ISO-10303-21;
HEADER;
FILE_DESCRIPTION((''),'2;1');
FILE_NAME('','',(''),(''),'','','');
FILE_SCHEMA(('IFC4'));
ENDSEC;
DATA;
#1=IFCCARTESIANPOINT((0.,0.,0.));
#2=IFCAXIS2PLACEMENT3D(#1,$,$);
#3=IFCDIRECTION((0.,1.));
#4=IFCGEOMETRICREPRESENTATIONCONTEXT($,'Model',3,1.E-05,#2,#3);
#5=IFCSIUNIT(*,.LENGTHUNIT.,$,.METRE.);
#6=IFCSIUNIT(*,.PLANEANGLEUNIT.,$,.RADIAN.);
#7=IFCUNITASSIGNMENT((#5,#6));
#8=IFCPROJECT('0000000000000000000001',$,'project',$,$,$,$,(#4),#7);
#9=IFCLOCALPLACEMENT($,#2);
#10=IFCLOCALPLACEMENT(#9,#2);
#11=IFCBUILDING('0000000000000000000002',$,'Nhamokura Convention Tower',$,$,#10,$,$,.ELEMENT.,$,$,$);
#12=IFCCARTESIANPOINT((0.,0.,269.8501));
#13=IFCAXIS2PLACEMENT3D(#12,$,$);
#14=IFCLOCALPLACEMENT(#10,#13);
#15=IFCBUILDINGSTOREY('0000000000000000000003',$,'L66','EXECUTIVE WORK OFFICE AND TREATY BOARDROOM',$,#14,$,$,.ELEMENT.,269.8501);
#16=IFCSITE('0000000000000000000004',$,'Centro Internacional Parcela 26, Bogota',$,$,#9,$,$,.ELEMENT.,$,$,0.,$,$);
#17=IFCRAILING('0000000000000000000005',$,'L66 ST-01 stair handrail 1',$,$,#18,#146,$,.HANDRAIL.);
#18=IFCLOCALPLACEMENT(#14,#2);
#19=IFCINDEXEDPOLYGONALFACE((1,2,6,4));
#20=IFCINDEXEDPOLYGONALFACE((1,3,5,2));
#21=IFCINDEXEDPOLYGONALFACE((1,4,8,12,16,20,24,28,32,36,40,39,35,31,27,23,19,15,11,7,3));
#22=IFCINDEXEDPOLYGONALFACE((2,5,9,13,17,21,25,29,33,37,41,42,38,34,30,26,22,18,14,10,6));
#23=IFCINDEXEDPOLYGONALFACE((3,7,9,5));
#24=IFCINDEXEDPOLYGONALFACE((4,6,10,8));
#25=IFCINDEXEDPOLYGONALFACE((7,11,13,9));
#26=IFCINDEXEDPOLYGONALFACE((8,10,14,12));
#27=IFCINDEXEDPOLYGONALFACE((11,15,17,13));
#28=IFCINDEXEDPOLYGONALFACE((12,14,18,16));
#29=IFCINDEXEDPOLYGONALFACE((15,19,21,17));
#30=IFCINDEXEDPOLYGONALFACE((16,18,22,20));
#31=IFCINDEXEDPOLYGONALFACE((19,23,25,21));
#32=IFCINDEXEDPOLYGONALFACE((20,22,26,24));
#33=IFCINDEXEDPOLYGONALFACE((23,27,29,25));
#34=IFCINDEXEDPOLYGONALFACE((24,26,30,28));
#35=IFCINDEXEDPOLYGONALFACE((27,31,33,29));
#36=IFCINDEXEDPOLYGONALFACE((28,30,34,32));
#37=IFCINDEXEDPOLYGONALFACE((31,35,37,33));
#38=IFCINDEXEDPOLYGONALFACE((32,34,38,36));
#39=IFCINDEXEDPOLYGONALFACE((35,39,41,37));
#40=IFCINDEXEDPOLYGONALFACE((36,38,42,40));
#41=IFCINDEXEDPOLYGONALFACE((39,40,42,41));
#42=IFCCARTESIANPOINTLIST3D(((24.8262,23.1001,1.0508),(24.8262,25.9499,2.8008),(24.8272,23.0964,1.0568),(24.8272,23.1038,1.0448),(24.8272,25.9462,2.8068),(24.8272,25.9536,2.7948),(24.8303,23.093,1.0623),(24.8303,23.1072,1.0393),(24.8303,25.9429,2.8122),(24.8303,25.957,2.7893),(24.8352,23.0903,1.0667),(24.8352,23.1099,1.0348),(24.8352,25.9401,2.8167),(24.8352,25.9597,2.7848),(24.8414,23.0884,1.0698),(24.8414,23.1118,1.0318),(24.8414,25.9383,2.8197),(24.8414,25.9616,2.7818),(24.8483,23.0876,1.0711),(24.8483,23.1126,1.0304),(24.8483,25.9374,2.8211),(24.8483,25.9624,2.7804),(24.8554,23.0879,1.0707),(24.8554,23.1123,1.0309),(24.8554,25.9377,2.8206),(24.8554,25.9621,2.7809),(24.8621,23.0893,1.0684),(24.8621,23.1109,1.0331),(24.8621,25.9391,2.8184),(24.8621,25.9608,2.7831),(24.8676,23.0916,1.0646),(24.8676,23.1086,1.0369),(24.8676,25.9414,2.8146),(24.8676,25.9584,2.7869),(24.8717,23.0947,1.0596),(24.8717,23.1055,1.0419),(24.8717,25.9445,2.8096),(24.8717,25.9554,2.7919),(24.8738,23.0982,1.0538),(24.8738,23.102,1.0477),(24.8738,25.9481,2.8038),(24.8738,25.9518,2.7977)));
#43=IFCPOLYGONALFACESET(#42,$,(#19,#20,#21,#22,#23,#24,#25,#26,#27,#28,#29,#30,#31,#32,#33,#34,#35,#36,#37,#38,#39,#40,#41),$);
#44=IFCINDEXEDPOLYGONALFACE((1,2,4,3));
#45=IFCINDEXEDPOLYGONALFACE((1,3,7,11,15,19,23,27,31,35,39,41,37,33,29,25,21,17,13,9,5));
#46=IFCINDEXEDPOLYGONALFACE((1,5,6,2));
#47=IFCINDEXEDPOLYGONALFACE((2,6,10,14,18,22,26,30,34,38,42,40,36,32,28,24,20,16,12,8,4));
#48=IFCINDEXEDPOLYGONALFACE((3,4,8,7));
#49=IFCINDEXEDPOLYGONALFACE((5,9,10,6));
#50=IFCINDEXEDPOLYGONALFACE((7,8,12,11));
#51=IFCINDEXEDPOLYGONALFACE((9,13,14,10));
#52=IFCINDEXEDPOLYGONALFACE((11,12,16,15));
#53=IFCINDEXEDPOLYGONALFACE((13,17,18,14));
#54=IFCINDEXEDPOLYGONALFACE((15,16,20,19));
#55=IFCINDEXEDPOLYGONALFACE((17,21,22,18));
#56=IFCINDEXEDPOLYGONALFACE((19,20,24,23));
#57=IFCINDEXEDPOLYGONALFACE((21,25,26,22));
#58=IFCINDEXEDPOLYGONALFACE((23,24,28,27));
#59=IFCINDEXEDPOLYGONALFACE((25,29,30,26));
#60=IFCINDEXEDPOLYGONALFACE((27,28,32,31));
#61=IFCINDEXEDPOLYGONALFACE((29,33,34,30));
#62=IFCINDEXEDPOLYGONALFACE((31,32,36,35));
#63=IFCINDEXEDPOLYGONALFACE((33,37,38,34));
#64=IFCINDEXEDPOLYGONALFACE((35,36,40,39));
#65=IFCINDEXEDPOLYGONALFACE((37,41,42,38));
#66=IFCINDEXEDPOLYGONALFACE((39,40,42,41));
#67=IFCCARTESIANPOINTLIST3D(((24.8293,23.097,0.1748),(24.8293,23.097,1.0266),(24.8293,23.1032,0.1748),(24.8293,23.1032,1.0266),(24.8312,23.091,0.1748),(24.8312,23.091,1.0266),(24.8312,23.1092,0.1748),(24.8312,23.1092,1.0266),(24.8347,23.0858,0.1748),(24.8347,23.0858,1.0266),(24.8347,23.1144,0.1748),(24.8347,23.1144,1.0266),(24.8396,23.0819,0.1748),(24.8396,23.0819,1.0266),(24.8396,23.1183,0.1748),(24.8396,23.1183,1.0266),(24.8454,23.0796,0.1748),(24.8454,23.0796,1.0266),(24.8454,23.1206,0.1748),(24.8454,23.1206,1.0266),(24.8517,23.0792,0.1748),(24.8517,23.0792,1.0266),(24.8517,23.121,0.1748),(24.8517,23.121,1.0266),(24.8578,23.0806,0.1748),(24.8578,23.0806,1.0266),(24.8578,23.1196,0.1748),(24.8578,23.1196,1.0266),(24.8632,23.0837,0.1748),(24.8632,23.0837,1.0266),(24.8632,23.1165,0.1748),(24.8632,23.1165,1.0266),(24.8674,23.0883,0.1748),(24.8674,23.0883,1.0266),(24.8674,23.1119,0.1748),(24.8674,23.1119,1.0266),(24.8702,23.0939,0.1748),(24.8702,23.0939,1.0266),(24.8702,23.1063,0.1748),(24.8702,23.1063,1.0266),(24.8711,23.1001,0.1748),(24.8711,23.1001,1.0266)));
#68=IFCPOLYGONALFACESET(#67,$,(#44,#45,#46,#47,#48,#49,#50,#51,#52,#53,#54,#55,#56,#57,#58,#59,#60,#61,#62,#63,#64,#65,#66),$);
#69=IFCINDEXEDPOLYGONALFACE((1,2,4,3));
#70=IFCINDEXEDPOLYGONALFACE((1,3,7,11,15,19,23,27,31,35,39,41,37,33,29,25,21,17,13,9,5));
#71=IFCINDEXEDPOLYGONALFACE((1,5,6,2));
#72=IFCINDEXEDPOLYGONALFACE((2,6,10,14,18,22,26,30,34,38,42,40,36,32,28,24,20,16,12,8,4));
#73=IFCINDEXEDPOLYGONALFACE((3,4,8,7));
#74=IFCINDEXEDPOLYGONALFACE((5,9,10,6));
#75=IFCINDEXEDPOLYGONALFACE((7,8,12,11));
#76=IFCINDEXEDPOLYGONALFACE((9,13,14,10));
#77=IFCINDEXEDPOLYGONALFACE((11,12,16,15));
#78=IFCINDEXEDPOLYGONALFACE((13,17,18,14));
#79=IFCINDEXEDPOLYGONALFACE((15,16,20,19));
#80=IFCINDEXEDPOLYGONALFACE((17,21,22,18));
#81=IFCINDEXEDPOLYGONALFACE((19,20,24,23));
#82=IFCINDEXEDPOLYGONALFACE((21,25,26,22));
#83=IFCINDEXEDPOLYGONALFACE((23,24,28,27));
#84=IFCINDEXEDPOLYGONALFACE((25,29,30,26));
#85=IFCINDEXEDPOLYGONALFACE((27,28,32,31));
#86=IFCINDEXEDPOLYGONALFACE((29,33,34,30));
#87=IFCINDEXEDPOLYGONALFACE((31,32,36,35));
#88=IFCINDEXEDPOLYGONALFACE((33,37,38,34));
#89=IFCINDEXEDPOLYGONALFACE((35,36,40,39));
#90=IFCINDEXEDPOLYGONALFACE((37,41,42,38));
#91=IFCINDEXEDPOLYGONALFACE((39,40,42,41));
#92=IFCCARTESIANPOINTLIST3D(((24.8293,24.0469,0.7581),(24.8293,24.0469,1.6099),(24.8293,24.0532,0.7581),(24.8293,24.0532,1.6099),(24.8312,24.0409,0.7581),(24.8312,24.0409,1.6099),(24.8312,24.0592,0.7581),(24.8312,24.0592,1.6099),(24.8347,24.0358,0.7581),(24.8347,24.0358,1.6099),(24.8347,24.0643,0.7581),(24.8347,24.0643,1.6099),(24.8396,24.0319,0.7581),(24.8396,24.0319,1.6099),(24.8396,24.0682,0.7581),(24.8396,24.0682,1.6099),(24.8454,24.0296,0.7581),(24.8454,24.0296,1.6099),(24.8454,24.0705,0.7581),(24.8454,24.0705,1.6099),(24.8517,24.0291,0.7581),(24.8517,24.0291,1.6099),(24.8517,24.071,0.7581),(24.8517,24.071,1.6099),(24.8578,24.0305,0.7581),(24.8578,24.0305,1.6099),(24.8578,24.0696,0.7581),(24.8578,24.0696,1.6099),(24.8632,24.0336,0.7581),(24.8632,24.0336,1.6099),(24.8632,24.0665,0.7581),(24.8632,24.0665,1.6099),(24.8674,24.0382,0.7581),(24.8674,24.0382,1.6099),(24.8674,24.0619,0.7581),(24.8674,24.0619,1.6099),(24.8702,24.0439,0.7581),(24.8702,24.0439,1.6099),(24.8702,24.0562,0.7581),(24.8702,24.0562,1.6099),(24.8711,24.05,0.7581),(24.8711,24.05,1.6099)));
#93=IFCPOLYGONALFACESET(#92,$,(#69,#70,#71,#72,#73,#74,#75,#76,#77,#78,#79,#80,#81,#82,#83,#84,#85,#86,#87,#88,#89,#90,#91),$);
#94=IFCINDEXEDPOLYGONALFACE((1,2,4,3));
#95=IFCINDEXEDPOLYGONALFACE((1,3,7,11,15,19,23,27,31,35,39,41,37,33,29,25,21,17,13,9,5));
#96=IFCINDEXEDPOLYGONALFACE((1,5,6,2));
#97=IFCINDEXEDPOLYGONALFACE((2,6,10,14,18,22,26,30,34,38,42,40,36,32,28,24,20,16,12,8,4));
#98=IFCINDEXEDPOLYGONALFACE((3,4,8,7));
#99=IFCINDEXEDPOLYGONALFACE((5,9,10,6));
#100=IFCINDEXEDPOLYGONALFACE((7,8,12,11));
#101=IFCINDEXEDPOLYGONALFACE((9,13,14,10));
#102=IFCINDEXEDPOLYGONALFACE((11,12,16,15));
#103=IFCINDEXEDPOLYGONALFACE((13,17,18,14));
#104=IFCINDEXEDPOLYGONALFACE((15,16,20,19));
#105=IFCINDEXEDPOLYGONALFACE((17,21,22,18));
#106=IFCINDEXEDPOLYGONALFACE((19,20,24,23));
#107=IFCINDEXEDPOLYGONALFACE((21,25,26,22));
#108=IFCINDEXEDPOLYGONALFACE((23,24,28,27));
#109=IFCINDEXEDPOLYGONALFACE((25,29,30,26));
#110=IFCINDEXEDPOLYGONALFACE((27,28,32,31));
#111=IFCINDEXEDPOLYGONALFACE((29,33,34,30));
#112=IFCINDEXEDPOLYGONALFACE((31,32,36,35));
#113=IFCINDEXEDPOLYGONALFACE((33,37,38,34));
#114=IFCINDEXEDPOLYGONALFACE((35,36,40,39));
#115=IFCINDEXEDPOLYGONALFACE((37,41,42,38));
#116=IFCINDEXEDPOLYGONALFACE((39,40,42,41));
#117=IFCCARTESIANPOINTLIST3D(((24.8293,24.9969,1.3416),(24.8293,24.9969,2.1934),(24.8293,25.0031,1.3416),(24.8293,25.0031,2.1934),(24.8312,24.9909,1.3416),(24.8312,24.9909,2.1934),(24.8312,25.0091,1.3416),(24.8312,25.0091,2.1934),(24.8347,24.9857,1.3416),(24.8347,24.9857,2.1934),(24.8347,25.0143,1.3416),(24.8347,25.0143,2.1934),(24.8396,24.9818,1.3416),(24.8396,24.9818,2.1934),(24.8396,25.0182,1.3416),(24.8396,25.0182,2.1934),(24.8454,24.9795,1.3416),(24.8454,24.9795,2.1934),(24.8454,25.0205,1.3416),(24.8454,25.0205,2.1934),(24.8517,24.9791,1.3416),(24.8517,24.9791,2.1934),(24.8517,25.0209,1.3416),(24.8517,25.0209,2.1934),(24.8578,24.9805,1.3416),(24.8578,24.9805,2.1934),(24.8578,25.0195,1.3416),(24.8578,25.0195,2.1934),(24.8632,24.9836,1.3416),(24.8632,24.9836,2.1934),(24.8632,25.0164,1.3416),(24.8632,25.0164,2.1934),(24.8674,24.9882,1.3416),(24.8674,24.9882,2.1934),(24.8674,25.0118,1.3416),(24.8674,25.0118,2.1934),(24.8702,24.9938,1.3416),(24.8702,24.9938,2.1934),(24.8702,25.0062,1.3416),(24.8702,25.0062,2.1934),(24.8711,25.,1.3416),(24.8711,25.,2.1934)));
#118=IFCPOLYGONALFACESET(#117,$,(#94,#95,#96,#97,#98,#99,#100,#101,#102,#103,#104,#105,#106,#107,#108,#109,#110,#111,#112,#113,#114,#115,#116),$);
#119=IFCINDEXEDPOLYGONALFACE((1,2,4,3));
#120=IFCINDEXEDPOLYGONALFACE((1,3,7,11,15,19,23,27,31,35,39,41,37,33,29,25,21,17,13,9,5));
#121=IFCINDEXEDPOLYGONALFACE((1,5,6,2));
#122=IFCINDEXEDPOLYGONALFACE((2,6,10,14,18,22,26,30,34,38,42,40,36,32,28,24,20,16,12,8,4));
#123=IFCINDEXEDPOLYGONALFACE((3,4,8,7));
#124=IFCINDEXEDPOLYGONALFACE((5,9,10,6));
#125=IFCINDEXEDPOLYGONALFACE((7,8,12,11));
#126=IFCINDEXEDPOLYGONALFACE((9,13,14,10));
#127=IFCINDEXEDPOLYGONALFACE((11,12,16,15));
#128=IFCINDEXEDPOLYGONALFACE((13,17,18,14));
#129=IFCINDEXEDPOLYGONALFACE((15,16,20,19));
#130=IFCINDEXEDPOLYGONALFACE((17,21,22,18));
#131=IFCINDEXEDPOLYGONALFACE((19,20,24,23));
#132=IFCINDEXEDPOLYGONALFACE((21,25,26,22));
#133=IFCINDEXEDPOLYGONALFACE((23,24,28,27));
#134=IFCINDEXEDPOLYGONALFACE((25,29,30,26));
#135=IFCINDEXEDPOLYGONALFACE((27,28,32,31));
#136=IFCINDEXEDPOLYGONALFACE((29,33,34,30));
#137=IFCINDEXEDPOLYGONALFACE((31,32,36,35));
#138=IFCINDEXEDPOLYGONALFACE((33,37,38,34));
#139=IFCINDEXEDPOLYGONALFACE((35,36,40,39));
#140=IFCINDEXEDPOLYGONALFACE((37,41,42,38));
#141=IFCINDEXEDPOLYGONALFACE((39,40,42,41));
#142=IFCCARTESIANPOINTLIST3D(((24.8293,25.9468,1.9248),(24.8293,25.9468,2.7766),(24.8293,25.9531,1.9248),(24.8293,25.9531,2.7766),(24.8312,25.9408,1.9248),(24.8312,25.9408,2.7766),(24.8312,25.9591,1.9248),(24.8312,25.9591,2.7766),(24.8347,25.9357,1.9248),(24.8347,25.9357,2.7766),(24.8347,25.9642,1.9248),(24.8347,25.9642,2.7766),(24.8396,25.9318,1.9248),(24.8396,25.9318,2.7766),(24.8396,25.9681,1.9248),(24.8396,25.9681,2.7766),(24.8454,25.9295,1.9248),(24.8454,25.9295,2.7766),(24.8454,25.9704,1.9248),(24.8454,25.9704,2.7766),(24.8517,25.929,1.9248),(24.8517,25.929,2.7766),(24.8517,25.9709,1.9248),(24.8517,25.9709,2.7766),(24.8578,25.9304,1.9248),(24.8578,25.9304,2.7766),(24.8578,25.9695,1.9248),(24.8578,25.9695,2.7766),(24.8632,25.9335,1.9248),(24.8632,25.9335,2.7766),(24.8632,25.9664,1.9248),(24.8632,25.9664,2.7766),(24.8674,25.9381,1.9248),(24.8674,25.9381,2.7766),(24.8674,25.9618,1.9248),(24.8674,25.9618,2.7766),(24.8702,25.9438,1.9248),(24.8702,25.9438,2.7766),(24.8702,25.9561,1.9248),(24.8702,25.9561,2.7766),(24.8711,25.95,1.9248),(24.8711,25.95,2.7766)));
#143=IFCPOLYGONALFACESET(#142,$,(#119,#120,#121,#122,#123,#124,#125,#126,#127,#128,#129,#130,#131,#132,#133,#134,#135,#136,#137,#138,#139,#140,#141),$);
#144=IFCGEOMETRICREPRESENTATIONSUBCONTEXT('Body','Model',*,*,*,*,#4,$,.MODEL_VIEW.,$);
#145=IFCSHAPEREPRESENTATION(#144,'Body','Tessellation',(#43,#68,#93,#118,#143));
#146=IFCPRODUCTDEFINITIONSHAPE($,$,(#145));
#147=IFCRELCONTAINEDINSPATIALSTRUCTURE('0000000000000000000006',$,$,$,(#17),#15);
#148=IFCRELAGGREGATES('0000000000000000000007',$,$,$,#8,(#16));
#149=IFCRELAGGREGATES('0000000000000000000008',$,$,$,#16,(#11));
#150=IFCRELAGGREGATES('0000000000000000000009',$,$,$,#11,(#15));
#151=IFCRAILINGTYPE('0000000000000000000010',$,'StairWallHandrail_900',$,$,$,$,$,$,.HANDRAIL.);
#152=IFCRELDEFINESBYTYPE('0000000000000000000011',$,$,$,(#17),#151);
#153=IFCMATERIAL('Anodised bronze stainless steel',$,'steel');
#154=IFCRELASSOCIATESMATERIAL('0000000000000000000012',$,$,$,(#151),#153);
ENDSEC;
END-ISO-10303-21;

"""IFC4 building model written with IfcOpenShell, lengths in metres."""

from ifc_helpers import new_model, si_unit, direction, frame, origin, origin_2d, place, context, subcontext, project, spatial, circle, extrude, material, type_object, element, save


model = new_model("IFC4")

# Units and contexts
model_context = context("Model", 3, precision=1e-05, world=origin(), true_north=direction((0.0, 1.0)))
body_context = subcontext(model_context, "Body", "Model", "MODEL_VIEW")
ifc_project = project(units=[si_unit("LENGTHUNIT", "METRE"), si_unit("PLANEANGLEUNIT", "RADIAN")], contexts=[model_context])

# Site, building, storey
site_placement = place(None, origin())
site = spatial("IfcSite", under=ifc_project, at=site_placement, Name="Centro Internacional Parcela 26, Bogota", CompositionType="ELEMENT", RefElevation=0.0)
building_placement = place(site_placement, origin())
building = spatial("IfcBuilding", under=site, at=building_placement, Name="Nhamokura Convention Tower", CompositionType="ELEMENT")
storey_placement = place(building_placement, frame((0.0, 0.0, 269.8501)))
storey = spatial("IfcBuildingStorey", under=building, at=storey_placement, Name="L66", Description="EXECUTIVE WORK OFFICE AND TREATY BOARDROOM", CompositionType="ELEMENT", Elevation=269.8501)

# Railing
ifc_material_1 = material(Name="Anodised bronze stainless steel", Category="steel")
railing_type_1 = type_object("IfcRailingType", Name="StairWallHandrail_900", PredefinedType="HANDRAIL", material=ifc_material_1)
railing_1_placement = place(storey_placement, frame((24.8501, 23.1001, 0.1748)))
element("IfcRailing", 1, at=railing_1_placement, inside=storey, type_object=railing_type_1, Name="L66 ST-01 stair handrail 1", PredefinedType="HANDRAIL", context=body_context, shape_type="SweptSolid", body=[
    extrude(circle(Radius=0.0239, at=origin_2d()), frame((0.0, 0.0, 0.876), z_axis=(0.0, 0.852159, 0.523283), x_axis=(-1.0, 0.0, 0.0)), (0.0, 0.0, 1.0), 3.3442),
    extrude(circle(Radius=0.021, at=origin_2d()), origin(), (0.0, 0.0, 1.0), 0.8518),
    extrude(circle(Radius=0.021, at=origin_2d()), frame((0.0, 0.95, 0.5833)), (0.0, 0.0, 1.0), 0.8518),
    extrude(circle(Radius=0.021, at=origin_2d()), frame((0.0, 1.8999, 1.1667)), (0.0, 0.0, 1.0), 0.8518),
    extrude(circle(Radius=0.021, at=origin_2d()), frame((0.0, 2.8499, 1.75)), (0.0, 0.0, 1.0), 0.8518),
])

save(model, "model.ifc")
